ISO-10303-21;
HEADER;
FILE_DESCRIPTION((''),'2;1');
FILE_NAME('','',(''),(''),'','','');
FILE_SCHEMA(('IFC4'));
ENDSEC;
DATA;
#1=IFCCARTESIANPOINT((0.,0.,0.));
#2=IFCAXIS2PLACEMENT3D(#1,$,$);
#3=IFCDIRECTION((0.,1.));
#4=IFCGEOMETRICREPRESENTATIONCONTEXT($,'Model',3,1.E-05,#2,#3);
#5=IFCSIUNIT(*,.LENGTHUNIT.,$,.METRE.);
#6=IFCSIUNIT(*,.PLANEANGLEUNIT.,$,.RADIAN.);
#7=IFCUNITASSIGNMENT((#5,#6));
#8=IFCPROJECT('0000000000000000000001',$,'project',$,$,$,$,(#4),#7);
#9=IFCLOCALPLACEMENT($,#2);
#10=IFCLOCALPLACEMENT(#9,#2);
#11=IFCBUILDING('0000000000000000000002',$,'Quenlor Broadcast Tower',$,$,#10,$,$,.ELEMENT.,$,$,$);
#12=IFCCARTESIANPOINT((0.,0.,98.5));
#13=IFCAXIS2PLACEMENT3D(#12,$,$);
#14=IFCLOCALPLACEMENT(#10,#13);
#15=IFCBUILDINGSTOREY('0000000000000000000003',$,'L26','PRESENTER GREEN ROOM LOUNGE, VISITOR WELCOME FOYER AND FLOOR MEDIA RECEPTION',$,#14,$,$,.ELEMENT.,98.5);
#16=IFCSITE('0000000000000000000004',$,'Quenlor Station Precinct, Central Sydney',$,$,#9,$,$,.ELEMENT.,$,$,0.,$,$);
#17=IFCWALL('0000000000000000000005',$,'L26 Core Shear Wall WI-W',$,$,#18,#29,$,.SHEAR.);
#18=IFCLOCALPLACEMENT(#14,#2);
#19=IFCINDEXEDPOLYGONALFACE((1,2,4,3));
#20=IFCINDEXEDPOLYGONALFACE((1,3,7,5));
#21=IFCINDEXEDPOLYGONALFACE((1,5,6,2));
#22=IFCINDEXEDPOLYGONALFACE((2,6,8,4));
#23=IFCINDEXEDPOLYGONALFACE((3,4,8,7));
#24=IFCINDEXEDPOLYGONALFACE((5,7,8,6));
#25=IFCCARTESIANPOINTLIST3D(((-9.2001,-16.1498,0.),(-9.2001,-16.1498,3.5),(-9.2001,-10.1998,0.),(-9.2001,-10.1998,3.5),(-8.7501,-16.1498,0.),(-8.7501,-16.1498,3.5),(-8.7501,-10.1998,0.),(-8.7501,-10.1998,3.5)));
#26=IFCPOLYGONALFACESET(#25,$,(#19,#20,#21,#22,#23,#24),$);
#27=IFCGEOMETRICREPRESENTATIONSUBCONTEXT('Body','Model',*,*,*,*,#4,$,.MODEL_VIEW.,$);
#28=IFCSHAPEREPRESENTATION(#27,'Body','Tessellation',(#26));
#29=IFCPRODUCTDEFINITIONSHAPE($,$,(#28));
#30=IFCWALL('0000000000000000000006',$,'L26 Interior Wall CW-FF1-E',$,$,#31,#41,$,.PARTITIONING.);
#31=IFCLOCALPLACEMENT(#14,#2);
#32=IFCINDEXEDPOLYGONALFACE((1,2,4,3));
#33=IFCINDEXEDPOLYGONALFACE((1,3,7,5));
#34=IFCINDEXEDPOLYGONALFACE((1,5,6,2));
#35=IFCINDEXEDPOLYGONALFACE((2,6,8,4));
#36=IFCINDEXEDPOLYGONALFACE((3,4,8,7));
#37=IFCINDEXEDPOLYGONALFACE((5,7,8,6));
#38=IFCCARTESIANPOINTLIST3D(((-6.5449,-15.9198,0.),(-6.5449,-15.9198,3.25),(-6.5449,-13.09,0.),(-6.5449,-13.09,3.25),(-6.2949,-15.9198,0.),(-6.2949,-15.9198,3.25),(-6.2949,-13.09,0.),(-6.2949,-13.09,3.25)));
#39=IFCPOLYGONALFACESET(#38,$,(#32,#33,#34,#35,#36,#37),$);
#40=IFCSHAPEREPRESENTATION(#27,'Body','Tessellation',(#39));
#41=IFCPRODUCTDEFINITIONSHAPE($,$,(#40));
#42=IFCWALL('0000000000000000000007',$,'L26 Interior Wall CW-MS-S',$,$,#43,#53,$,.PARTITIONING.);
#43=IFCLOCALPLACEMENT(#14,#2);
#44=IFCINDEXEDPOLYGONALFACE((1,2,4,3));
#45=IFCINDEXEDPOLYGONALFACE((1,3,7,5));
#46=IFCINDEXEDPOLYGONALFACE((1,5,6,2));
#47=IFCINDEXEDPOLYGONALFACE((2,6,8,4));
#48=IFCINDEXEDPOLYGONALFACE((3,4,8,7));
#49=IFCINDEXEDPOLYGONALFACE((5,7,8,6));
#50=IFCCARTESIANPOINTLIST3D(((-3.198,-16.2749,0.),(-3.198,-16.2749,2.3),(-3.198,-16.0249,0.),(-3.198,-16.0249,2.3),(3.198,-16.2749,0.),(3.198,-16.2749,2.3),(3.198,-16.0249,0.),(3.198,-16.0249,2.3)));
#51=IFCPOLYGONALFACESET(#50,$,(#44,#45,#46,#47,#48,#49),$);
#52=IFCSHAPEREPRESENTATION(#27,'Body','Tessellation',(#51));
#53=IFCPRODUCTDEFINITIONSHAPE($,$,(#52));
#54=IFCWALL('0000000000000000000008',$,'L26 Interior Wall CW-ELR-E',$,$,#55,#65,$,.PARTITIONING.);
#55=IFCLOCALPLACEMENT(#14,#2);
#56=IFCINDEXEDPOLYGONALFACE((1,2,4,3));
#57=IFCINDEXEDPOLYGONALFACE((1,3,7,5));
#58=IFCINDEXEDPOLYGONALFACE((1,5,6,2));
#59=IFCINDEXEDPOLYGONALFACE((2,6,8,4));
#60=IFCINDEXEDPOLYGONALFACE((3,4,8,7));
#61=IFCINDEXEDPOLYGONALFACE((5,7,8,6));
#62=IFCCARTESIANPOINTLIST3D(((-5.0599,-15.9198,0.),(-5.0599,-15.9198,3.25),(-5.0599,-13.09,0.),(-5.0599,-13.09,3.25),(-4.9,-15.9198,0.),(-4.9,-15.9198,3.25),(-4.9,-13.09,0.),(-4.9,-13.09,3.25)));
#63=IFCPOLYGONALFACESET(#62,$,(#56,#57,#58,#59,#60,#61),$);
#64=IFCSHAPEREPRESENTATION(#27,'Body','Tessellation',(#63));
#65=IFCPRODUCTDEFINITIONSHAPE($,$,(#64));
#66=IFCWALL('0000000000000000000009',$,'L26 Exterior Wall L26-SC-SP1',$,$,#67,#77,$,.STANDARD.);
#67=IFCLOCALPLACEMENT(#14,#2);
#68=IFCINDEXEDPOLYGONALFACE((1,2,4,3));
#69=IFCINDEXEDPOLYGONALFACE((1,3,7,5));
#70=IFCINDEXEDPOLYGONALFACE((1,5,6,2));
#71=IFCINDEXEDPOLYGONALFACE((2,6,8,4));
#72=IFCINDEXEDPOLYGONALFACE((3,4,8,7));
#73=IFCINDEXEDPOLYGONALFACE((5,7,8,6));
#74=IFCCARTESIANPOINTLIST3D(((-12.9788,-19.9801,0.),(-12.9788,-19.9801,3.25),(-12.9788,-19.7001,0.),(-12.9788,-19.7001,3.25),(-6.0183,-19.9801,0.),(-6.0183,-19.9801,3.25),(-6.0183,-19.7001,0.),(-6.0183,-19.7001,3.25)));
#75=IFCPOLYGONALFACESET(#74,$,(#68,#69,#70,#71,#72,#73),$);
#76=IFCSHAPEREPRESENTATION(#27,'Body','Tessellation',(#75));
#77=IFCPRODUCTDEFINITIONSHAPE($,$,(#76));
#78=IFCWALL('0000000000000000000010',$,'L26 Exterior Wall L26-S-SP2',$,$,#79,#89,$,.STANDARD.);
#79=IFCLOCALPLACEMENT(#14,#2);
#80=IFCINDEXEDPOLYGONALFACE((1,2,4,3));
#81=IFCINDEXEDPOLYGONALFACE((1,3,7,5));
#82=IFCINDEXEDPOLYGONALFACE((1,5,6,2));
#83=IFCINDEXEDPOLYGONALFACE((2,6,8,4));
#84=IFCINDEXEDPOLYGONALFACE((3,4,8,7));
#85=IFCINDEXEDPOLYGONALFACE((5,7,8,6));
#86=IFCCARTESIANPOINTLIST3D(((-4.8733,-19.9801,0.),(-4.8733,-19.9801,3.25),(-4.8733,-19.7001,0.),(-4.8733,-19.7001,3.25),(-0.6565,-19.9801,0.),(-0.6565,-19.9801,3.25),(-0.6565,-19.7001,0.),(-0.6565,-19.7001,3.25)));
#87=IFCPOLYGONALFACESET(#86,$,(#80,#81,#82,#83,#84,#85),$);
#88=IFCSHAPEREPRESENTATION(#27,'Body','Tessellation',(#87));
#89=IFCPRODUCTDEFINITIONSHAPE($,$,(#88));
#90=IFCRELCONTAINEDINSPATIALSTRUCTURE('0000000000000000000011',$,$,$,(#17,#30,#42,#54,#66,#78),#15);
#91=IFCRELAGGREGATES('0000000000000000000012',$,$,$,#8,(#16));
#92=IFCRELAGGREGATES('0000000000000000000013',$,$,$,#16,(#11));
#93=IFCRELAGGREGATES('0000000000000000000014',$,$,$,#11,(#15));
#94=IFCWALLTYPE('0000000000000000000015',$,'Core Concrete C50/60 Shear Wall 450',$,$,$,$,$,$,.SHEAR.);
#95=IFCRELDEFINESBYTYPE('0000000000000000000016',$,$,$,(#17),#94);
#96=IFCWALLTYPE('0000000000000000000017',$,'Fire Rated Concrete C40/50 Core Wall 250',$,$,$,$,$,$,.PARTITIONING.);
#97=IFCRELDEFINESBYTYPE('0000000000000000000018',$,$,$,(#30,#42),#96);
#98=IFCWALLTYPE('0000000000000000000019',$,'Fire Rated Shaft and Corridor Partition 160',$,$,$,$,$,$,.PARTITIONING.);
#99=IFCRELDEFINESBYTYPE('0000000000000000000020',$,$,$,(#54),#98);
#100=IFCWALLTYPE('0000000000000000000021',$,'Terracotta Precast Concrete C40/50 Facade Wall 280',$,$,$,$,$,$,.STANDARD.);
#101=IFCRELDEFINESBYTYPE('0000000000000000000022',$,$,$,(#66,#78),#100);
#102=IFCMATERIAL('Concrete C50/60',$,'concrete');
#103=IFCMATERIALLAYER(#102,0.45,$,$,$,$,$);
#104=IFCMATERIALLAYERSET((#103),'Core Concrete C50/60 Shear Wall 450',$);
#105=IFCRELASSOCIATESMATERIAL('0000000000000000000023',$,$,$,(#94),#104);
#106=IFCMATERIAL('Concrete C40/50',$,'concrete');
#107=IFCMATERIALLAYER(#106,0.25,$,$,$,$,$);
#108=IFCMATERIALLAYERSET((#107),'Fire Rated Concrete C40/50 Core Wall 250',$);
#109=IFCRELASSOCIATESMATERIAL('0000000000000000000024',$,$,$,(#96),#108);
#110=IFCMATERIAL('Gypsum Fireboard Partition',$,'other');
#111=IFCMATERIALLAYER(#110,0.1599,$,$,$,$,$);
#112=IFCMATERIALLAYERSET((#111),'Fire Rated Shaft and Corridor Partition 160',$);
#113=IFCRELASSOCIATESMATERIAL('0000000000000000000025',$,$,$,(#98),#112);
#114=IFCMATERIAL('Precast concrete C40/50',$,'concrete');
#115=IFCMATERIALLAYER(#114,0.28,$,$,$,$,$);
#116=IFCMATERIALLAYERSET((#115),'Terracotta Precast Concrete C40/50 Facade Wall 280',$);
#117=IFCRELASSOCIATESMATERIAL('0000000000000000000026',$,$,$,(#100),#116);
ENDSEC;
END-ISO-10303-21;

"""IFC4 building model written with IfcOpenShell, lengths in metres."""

from ifc_helpers import new_model, si_unit, direction, frame, frame_2d, origin, place, context, subcontext, project, spatial, rectangle, extrude, material, layer, layer_set, type_object, element, save


model = new_model("IFC4")

# Units and contexts
model_context = context("Model", 3, precision=1e-05, world=origin(), true_north=direction((0.0, 1.0)))
body_context = subcontext(model_context, "Body", "Model", "MODEL_VIEW")
ifc_project = project(units=[si_unit("LENGTHUNIT", "METRE"), si_unit("PLANEANGLEUNIT", "RADIAN")], contexts=[model_context])

# Site, building, storey
site_placement = place(None, origin())
site = spatial("IfcSite", under=ifc_project, at=site_placement, Name="Quenlor Station Precinct, Central Sydney", CompositionType="ELEMENT", RefElevation=0.0)
building_placement = place(site_placement, origin())
building = spatial("IfcBuilding", under=site, at=building_placement, Name="Quenlor Broadcast Tower", CompositionType="ELEMENT")
storey_placement = place(building_placement, frame((0.0, 0.0, 98.5)))
storey = spatial("IfcBuildingStorey", under=building, at=storey_placement, Name="L26", Description="PRESENTER GREEN ROOM LOUNGE, VISITOR WELCOME FOYER AND FLOOR MEDIA RECEPTION", CompositionType="ELEMENT", Elevation=98.5)

# Walls
ifc_material_1 = material(Name="Concrete C50/60", Category="concrete")
ifc_layer_1 = layer(ifc_material_1, 0.45)
ifc_layer_set_1 = layer_set([ifc_layer_1], Name="Core Concrete C50/60 Shear Wall 450")
wall_type_1 = type_object("IfcWallType", Name="Core Concrete C50/60 Shear Wall 450", PredefinedType="SHEAR", material=ifc_layer_set_1)
wall_1_placement = place(storey_placement, frame((-8.9751, -16.1499, 0.0), z_axis=(0.0, 0.0, 1.0), x_axis=(0.0, 1.0, 0.0)))
element("IfcWall", 1, at=wall_1_placement, inside=storey, type_object=wall_type_1, Name="L26 Core Shear Wall WI-W", PredefinedType="SHEAR", context=body_context, shape_type="SweptSolid", body=[
    extrude(rectangle(XDim=5.95, YDim=0.45, at=frame_2d((2.9751, 0.0))), origin(), (0.0, 0.0, 1.0), 3.5),
])
ifc_material_2 = material(Name="Concrete C40/50", Category="concrete")
ifc_layer_2 = layer(ifc_material_2, 0.25)
ifc_layer_set_2 = layer_set([ifc_layer_2], Name="Fire Rated Concrete C40/50 Core Wall 250")
wall_type_2 = type_object("IfcWallType", Name="Fire Rated Concrete C40/50 Core Wall 250", PredefinedType="PARTITIONING", material=ifc_layer_set_2)
wall_2_placement = place(storey_placement, frame((-6.4199, -15.9199, 0.0), z_axis=(0.0, 0.0, 1.0), x_axis=(0.0, 1.0, 0.0)))
element("IfcWall", 2, at=wall_2_placement, inside=storey, type_object=wall_type_2, Name="L26 Interior Wall CW-FF1-E", PredefinedType="PARTITIONING", context=body_context, shape_type="SweptSolid", body=[
    extrude(rectangle(XDim=2.8298, YDim=0.25, at=frame_2d((1.415, 0.0))), origin(), (0.0, 0.0, 1.0), 3.25),
])
wall_3_placement = place(storey_placement, frame((-3.198, -16.1499, 0.0), z_axis=(0.0, 0.0, 1.0), x_axis=(1.0, 0.0, 0.0)))
element("IfcWall", 3, at=wall_3_placement, inside=storey, type_object=wall_type_2, Name="L26 Interior Wall CW-MS-S", PredefinedType="PARTITIONING", context=body_context, shape_type="SweptSolid", body=[
    extrude(rectangle(XDim=6.396, YDim=0.25, at=frame_2d((3.198, 0.0))), origin(), (0.0, 0.0, 1.0), 2.3),
])
ifc_material_3 = material(Name="Gypsum Fireboard Partition", Category="other")
ifc_layer_3 = layer(ifc_material_3, 0.1599)
ifc_layer_set_3 = layer_set([ifc_layer_3], Name="Fire Rated Shaft and Corridor Partition 160")
wall_type_3 = type_object("IfcWallType", Name="Fire Rated Shaft and Corridor Partition 160", PredefinedType="PARTITIONING", material=ifc_layer_set_3)
wall_4_placement = place(storey_placement, frame((-4.98, -15.9199, 0.0), z_axis=(0.0, 0.0, 1.0), x_axis=(0.0, 1.0, 0.0)))
element("IfcWall", 4, at=wall_4_placement, inside=storey, type_object=wall_type_3, Name="L26 Interior Wall CW-ELR-E", PredefinedType="PARTITIONING", context=body_context, shape_type="SweptSolid", body=[
    extrude(rectangle(XDim=2.8298, YDim=0.1599, at=frame_2d((1.415, 0.0))), origin(), (0.0, 0.0, 1.0), 3.25),
])

# Walls
ifc_material_4 = material(Name="Precast concrete C40/50", Category="concrete")
ifc_layer_4 = layer(ifc_material_4, 0.28)
ifc_layer_set_4 = layer_set([ifc_layer_4], Name="Terracotta Precast Concrete C40/50 Facade Wall 280")
wall_type_4 = type_object("IfcWallType", Name="Terracotta Precast Concrete C40/50 Facade Wall 280", PredefinedType="STANDARD", material=ifc_layer_set_4)
wall_5_placement = place(storey_placement, frame((-6.0183, -19.8401, 0.0), z_axis=(0.0, 0.0, 1.0), x_axis=(-1.0, 0.0, 0.0)))
element("IfcWall", 5, at=wall_5_placement, inside=storey, type_object=wall_type_4, Name="L26 Exterior Wall L26-SC-SP1", PredefinedType="STANDARD", context=body_context, shape_type="SweptSolid", body=[
    extrude(rectangle(XDim=6.9604, YDim=0.28, at=frame_2d((3.4802, 0.0))), origin(), (0.0, 0.0, 1.0), 3.25),
])
wall_6_placement = place(storey_placement, frame((-0.6565, -19.8401, 0.0), z_axis=(0.0, 0.0, 1.0), x_axis=(-1.0, 0.0, 0.0)))
element("IfcWall", 6, at=wall_6_placement, inside=storey, type_object=wall_type_4, Name="L26 Exterior Wall L26-S-SP2", PredefinedType="STANDARD", context=body_context, shape_type="SweptSolid", body=[
    extrude(rectangle(XDim=4.2168, YDim=0.28, at=frame_2d((2.1084, 0.0))), origin(), (0.0, 0.0, 1.0), 3.25),
])

save(model, "model.ifc")
